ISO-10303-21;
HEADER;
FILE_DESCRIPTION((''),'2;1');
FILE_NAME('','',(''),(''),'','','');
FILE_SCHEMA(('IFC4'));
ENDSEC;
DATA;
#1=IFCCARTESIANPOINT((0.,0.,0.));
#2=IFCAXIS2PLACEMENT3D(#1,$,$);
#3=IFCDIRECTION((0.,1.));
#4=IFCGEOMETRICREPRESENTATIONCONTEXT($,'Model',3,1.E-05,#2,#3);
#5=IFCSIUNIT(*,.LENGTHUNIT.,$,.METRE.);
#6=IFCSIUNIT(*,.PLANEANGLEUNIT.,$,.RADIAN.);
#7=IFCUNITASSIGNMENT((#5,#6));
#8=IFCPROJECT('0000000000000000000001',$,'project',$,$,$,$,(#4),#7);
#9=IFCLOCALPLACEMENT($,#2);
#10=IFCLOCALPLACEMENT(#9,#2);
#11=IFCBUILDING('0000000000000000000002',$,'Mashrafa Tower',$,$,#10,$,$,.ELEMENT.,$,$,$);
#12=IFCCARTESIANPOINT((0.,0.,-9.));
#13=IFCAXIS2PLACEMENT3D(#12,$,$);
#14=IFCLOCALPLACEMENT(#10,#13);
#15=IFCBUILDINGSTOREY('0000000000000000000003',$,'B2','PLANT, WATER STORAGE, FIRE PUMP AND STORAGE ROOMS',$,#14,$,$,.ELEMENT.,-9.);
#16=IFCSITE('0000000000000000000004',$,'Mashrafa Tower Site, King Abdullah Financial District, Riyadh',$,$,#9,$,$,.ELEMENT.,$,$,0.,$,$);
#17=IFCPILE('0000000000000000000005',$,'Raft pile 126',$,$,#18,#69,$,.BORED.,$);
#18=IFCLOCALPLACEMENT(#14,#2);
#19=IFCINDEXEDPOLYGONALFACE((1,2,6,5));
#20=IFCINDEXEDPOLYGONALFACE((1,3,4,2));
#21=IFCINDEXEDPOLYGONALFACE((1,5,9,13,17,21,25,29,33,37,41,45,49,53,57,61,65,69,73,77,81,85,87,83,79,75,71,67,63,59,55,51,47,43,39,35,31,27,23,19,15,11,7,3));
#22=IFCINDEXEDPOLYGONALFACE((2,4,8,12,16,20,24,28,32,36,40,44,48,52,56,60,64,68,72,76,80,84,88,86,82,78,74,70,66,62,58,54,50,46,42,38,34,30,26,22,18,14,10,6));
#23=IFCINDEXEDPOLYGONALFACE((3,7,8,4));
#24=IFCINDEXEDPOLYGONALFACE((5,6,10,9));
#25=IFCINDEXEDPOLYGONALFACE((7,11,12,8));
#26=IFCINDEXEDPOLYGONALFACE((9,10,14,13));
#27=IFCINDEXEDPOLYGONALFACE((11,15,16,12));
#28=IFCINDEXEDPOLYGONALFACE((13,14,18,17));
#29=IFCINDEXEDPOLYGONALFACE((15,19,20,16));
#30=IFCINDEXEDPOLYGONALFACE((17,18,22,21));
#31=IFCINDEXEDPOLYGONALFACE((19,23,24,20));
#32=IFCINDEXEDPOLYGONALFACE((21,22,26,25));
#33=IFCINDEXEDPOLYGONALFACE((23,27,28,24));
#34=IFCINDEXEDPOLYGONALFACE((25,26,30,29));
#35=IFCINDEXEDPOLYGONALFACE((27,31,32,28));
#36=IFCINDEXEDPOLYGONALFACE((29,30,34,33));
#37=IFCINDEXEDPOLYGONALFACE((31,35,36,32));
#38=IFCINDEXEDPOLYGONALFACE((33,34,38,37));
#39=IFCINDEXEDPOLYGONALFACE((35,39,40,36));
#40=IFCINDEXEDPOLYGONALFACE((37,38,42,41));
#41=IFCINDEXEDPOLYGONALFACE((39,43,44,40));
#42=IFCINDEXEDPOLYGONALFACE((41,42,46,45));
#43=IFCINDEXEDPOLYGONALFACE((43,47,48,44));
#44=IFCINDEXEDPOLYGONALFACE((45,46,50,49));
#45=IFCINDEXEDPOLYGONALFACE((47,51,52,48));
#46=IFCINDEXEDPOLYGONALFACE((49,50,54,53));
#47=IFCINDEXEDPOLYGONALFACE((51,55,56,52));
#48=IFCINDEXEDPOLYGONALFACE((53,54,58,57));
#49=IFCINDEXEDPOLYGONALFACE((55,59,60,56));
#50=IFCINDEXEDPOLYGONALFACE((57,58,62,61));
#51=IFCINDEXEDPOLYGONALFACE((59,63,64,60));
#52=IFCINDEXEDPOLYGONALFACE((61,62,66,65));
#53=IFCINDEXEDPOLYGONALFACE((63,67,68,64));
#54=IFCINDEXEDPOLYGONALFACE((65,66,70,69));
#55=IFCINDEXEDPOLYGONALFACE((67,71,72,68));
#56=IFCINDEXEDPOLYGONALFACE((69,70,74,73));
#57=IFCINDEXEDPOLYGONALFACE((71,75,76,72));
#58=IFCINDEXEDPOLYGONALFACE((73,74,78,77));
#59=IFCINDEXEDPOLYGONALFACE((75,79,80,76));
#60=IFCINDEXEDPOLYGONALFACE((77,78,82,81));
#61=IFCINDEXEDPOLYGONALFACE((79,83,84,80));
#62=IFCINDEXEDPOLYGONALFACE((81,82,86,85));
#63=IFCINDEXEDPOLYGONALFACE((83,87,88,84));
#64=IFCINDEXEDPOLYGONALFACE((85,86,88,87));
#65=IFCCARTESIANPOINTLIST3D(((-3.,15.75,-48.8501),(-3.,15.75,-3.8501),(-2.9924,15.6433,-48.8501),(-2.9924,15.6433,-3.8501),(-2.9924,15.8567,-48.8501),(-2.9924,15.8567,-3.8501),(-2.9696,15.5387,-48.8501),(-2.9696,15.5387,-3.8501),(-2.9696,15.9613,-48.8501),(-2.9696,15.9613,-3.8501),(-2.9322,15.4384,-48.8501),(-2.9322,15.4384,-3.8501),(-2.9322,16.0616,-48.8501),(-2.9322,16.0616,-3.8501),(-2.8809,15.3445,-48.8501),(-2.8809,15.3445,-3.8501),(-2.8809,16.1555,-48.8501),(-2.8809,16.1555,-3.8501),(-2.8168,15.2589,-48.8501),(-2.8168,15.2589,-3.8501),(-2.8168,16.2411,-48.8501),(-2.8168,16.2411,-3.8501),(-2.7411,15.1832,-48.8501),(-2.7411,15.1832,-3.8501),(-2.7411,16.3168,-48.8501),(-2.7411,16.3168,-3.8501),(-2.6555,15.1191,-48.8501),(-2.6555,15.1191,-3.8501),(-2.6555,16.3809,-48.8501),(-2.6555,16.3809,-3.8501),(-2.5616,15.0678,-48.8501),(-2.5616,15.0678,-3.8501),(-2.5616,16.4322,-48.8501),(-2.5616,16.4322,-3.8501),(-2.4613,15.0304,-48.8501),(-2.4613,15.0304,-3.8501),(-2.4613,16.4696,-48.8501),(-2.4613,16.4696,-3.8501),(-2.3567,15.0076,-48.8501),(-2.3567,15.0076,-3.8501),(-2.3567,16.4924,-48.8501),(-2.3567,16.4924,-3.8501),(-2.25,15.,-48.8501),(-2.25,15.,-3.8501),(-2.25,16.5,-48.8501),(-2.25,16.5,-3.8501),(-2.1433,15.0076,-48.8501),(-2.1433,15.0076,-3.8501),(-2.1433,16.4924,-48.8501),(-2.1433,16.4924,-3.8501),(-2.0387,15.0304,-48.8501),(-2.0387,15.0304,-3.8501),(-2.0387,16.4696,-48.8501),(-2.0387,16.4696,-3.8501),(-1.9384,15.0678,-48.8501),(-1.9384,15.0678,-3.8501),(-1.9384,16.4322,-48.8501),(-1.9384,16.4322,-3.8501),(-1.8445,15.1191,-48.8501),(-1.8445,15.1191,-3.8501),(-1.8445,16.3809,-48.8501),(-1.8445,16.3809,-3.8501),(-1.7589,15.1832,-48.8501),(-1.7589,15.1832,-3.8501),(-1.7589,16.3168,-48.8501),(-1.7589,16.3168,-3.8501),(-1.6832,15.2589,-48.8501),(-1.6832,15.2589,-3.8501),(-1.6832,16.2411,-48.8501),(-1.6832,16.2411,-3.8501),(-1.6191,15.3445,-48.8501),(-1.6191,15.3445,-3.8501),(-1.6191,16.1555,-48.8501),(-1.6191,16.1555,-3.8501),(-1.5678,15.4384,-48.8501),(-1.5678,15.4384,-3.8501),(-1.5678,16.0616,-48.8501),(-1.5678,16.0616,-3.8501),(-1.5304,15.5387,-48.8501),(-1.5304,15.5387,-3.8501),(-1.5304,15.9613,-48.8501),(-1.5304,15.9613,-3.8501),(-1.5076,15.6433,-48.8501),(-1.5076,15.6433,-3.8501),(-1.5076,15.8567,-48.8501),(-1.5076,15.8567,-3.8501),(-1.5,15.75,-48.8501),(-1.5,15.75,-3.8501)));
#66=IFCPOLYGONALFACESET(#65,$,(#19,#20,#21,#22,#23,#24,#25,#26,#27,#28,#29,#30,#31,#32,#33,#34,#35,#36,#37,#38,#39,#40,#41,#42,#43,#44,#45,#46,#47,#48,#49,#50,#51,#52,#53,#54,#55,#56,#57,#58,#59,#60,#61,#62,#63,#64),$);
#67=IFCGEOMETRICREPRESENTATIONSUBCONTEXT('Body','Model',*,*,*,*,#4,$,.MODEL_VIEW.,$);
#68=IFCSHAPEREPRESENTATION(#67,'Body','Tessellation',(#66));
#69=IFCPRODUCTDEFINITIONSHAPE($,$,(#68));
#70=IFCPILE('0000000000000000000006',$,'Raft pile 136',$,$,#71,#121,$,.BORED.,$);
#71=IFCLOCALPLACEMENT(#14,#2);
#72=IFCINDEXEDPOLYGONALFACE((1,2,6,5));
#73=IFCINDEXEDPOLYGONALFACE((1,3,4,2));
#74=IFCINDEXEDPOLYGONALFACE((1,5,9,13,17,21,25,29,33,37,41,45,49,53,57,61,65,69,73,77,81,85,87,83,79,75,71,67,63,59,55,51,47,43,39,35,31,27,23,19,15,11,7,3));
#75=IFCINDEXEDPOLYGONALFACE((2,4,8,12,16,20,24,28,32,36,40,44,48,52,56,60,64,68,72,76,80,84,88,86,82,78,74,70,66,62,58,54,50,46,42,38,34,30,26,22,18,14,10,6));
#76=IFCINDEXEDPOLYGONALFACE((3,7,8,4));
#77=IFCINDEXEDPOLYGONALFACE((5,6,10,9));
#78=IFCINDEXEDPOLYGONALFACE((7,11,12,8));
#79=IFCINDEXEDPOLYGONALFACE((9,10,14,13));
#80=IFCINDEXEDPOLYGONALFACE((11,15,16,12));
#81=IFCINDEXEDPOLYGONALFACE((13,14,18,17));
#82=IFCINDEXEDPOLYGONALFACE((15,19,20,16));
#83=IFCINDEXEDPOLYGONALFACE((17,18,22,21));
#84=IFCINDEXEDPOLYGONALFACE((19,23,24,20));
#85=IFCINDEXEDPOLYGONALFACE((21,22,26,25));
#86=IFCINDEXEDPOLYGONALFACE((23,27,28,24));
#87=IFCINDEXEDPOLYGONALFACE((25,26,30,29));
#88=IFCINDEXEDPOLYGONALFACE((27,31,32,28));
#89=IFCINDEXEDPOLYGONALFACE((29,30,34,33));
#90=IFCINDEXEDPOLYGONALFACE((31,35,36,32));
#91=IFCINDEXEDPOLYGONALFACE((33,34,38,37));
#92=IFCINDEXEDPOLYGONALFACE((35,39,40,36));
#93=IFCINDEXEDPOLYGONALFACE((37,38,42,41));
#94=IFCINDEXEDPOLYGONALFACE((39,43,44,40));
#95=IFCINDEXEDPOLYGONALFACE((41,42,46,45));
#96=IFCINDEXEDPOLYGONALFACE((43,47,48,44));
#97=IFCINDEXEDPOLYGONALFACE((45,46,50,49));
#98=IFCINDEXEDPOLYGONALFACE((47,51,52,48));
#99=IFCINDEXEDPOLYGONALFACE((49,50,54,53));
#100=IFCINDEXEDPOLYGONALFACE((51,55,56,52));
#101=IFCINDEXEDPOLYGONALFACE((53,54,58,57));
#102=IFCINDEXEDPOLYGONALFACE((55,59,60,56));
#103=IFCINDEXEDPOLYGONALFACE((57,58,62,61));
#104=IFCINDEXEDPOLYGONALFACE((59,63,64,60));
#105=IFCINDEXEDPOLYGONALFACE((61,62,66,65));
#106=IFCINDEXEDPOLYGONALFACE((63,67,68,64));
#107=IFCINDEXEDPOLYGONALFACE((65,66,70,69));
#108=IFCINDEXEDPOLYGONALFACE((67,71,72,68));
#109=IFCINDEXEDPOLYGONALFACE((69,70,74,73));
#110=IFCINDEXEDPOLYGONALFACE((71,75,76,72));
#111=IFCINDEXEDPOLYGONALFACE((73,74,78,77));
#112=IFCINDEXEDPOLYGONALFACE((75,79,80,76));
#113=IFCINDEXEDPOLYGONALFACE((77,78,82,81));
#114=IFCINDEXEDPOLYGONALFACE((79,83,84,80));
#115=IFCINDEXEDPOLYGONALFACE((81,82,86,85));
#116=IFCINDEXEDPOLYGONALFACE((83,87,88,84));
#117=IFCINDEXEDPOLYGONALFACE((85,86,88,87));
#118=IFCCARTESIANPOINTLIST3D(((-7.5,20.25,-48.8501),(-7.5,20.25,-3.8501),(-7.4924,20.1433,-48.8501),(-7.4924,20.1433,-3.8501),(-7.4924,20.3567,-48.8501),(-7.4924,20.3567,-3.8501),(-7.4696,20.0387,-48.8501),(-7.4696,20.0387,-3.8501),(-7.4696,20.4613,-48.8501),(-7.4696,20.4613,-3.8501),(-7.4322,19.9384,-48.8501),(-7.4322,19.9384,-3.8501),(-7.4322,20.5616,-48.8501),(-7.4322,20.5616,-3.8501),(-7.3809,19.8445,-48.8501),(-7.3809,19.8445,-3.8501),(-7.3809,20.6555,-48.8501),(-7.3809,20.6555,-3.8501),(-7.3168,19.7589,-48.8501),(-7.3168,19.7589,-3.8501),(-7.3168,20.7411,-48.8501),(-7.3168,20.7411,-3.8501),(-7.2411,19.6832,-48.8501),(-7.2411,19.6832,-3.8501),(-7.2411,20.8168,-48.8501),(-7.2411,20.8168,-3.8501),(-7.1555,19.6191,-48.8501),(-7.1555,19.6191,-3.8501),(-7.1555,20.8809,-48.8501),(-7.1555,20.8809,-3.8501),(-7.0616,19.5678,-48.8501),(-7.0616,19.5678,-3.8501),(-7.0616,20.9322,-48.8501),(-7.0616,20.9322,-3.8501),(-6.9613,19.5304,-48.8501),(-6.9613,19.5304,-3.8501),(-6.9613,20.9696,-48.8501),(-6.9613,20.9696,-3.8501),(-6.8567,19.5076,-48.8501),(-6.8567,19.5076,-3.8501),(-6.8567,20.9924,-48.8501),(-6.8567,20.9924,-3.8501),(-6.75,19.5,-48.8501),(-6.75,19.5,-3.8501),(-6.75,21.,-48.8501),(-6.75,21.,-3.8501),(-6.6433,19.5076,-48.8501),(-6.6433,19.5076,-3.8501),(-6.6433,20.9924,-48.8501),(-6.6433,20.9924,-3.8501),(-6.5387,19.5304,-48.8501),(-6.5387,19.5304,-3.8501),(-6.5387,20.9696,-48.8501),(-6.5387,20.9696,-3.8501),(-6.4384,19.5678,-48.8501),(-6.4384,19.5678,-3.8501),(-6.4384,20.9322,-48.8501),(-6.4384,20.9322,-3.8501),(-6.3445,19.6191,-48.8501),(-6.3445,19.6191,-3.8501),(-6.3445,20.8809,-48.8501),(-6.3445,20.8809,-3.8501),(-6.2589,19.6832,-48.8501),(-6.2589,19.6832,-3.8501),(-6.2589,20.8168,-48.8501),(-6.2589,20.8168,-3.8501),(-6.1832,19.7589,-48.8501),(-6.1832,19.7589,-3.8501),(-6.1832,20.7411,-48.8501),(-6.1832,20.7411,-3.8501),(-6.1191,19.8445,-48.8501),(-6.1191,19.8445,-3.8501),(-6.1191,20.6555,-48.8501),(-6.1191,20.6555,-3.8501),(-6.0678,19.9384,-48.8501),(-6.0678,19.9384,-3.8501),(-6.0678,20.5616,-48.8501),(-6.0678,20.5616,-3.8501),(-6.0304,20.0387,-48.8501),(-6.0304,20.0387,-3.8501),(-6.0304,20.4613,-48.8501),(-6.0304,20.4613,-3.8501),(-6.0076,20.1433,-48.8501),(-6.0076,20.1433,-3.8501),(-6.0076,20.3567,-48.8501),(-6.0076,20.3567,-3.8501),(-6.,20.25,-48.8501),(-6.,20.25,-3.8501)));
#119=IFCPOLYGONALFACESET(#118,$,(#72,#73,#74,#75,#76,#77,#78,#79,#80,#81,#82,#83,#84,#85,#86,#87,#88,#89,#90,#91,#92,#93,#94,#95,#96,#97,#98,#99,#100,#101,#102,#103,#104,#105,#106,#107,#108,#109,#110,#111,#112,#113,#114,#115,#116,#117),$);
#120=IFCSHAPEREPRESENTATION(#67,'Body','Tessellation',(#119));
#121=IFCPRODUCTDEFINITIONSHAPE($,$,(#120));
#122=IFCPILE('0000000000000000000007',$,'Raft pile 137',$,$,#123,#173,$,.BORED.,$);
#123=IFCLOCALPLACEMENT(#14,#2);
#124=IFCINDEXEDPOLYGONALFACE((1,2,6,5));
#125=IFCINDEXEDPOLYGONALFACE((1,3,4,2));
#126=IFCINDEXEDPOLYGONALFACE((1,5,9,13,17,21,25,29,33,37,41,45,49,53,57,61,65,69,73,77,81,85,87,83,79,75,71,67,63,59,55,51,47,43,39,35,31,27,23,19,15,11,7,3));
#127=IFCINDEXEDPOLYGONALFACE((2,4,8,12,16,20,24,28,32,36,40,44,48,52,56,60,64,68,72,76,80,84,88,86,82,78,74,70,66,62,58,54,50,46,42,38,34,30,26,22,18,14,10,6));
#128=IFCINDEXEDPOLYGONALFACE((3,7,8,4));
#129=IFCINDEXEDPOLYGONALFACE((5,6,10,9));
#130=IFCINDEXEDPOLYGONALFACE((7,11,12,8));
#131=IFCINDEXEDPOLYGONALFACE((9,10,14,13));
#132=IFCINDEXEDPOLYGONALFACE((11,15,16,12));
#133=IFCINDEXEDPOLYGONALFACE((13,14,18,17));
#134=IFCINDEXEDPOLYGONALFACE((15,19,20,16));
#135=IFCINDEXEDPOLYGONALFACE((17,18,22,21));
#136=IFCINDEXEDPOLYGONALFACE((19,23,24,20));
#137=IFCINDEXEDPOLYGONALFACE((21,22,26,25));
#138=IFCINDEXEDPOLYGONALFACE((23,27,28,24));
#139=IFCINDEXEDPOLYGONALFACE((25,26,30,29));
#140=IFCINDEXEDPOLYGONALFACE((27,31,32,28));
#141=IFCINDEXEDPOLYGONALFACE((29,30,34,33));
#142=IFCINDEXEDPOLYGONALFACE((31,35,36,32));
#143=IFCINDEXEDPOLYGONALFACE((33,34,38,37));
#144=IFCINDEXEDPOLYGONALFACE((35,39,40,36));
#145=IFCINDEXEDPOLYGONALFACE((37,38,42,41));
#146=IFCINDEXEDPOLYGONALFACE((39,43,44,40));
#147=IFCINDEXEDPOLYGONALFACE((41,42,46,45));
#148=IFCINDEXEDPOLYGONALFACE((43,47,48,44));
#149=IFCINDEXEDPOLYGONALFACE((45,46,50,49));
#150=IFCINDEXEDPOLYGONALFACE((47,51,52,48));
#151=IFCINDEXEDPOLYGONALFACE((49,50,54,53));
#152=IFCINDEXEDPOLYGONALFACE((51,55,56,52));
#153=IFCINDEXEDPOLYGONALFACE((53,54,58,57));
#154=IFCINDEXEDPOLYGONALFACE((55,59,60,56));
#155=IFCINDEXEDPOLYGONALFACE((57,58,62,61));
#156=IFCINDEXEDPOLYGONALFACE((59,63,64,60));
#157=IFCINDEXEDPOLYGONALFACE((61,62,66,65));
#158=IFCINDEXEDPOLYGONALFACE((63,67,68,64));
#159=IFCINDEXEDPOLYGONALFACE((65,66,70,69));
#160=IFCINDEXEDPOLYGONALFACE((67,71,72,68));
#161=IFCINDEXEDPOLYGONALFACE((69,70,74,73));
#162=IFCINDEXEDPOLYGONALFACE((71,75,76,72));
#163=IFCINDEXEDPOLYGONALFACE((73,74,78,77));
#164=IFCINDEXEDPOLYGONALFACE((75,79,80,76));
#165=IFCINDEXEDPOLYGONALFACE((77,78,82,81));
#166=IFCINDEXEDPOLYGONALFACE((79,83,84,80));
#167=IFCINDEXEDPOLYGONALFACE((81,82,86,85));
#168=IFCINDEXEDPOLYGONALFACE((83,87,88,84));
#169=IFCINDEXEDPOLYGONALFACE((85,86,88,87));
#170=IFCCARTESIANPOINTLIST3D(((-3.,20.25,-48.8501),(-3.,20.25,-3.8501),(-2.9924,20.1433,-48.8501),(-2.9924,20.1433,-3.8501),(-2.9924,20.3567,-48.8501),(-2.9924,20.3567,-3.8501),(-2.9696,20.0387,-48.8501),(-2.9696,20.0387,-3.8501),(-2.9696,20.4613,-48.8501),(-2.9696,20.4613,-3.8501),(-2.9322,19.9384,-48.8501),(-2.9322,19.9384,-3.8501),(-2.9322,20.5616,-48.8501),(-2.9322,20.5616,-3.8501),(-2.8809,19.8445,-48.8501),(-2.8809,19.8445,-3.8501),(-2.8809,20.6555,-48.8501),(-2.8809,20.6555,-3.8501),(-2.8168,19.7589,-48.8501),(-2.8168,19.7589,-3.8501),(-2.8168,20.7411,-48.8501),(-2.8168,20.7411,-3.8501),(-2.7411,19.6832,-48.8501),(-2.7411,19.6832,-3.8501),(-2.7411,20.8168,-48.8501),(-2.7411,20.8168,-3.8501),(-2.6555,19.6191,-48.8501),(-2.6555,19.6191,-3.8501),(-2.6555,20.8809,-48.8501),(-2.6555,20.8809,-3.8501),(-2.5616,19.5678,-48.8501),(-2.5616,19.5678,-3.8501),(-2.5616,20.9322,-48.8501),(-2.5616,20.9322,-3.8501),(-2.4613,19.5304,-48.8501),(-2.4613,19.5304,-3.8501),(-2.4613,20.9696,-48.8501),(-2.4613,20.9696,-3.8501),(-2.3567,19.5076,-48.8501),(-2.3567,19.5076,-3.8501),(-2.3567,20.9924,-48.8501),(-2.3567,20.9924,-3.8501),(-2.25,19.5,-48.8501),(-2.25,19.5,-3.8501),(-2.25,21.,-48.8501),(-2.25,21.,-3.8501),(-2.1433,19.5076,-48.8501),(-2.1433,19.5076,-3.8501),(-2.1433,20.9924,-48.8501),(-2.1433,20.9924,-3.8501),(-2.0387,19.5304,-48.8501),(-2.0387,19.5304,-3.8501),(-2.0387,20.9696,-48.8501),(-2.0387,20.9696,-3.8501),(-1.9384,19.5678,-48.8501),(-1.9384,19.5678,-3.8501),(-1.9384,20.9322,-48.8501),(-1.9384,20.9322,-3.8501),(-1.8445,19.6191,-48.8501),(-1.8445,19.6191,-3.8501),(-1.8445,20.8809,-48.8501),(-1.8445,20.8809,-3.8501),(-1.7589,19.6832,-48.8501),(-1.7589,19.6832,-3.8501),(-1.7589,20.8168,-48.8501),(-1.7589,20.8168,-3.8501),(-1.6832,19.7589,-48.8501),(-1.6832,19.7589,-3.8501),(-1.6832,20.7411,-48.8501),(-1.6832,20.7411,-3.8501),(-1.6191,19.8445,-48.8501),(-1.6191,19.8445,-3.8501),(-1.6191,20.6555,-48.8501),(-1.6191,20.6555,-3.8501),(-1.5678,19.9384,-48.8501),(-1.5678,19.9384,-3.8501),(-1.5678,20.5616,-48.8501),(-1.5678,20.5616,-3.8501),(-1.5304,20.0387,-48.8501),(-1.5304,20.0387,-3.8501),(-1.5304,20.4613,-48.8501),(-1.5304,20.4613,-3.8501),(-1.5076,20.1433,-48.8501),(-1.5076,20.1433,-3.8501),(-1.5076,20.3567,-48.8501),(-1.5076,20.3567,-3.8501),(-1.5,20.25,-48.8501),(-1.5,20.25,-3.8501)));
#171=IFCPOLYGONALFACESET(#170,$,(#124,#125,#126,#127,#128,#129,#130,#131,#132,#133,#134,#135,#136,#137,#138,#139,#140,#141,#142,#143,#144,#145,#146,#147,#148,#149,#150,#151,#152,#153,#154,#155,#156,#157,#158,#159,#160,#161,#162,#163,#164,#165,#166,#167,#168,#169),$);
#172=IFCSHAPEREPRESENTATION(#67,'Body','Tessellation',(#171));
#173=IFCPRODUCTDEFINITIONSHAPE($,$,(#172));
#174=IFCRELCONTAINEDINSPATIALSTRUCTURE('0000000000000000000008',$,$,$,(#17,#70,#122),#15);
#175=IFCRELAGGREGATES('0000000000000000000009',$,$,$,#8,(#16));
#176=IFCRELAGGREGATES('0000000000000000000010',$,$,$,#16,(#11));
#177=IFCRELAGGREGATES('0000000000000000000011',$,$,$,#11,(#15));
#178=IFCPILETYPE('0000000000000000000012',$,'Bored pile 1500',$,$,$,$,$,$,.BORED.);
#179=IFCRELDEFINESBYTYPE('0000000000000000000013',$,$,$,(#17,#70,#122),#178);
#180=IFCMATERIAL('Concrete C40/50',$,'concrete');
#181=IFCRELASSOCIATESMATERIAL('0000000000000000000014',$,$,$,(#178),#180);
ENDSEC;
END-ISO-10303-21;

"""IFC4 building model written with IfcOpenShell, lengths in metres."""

from ifc_helpers import new_model, si_unit, direction, frame, origin, origin_2d, place, context, subcontext, project, spatial, circle, extrude, material, material_profile, profile_set, type_object, element, save


model = new_model("IFC4")

# Units and contexts
model_context = context("Model", 3, precision=1e-05, world=origin(), true_north=direction((0.0, 1.0)))
body_context = subcontext(model_context, "Body", "Model", "MODEL_VIEW")
ifc_project = project(units=[si_unit("LENGTHUNIT", "METRE"), si_unit("PLANEANGLEUNIT", "RADIAN")], contexts=[model_context])

# Site, building, storey
site_placement = place(None, origin())
site = spatial("IfcSite", under=ifc_project, at=site_placement, Name="Mashrafa Tower Site, King Abdullah Financial District, Riyadh", CompositionType="ELEMENT", RefElevation=0.0)
building_placement = place(site_placement, origin())
building = spatial("IfcBuilding", under=site, at=building_placement, Name="Mashrafa Tower", CompositionType="ELEMENT")
storey_placement = place(building_placement, frame((0.0, 0.0, -9.0)))
storey = spatial("IfcBuildingStorey", under=building, at=storey_placement, Name="B2", Description="PLANT, WATER STORAGE, FIRE PUMP AND STORAGE ROOMS", CompositionType="ELEMENT", Elevation=-9.0)

# Piles
ifc_material_1 = material(Name="Concrete C40/50", Category="concrete")
ifc_material_profile_1 = material_profile(ifc_material_1, circle(Radius=0.75, at=origin_2d()), Name="1500 DIA")
ifc_profile_set_1 = profile_set([ifc_material_profile_1], Name="Concrete C40/50")
pile_type_1 = type_object("IfcPileType", Name="Bored pile 1500", PredefinedType="BORED", material=ifc_profile_set_1)
for number, where, z_axis, x_axis, name in (
    (1, (-2.25, 15.75, -3.8501), (0.0, 0.0, -1.0), (1.0, 0.0, 0.0), "Raft pile 126"),
    (2, (-6.75, 20.25, -3.8501), (0.0, 0.0, -1.0), (1.0, 0.0, 0.0), "Raft pile 136"),
    (3, (-2.25, 20.25, -3.8501), (0.0, 0.0, -1.0), (1.0, 0.0, 0.0), "Raft pile 137"),
):
    element("IfcPile", number, at=place(storey_placement, frame(where, z_axis=z_axis, x_axis=x_axis)), inside=storey, type_object=pile_type_1, Name=name, PredefinedType="BORED", context=body_context, shape_type="SweptSolid", body=[
        extrude(circle(Radius=0.75, at=origin_2d()), origin(), (0.0, 0.0, 1.0), 45.0),
    ])

save(model, "model.ifc")
